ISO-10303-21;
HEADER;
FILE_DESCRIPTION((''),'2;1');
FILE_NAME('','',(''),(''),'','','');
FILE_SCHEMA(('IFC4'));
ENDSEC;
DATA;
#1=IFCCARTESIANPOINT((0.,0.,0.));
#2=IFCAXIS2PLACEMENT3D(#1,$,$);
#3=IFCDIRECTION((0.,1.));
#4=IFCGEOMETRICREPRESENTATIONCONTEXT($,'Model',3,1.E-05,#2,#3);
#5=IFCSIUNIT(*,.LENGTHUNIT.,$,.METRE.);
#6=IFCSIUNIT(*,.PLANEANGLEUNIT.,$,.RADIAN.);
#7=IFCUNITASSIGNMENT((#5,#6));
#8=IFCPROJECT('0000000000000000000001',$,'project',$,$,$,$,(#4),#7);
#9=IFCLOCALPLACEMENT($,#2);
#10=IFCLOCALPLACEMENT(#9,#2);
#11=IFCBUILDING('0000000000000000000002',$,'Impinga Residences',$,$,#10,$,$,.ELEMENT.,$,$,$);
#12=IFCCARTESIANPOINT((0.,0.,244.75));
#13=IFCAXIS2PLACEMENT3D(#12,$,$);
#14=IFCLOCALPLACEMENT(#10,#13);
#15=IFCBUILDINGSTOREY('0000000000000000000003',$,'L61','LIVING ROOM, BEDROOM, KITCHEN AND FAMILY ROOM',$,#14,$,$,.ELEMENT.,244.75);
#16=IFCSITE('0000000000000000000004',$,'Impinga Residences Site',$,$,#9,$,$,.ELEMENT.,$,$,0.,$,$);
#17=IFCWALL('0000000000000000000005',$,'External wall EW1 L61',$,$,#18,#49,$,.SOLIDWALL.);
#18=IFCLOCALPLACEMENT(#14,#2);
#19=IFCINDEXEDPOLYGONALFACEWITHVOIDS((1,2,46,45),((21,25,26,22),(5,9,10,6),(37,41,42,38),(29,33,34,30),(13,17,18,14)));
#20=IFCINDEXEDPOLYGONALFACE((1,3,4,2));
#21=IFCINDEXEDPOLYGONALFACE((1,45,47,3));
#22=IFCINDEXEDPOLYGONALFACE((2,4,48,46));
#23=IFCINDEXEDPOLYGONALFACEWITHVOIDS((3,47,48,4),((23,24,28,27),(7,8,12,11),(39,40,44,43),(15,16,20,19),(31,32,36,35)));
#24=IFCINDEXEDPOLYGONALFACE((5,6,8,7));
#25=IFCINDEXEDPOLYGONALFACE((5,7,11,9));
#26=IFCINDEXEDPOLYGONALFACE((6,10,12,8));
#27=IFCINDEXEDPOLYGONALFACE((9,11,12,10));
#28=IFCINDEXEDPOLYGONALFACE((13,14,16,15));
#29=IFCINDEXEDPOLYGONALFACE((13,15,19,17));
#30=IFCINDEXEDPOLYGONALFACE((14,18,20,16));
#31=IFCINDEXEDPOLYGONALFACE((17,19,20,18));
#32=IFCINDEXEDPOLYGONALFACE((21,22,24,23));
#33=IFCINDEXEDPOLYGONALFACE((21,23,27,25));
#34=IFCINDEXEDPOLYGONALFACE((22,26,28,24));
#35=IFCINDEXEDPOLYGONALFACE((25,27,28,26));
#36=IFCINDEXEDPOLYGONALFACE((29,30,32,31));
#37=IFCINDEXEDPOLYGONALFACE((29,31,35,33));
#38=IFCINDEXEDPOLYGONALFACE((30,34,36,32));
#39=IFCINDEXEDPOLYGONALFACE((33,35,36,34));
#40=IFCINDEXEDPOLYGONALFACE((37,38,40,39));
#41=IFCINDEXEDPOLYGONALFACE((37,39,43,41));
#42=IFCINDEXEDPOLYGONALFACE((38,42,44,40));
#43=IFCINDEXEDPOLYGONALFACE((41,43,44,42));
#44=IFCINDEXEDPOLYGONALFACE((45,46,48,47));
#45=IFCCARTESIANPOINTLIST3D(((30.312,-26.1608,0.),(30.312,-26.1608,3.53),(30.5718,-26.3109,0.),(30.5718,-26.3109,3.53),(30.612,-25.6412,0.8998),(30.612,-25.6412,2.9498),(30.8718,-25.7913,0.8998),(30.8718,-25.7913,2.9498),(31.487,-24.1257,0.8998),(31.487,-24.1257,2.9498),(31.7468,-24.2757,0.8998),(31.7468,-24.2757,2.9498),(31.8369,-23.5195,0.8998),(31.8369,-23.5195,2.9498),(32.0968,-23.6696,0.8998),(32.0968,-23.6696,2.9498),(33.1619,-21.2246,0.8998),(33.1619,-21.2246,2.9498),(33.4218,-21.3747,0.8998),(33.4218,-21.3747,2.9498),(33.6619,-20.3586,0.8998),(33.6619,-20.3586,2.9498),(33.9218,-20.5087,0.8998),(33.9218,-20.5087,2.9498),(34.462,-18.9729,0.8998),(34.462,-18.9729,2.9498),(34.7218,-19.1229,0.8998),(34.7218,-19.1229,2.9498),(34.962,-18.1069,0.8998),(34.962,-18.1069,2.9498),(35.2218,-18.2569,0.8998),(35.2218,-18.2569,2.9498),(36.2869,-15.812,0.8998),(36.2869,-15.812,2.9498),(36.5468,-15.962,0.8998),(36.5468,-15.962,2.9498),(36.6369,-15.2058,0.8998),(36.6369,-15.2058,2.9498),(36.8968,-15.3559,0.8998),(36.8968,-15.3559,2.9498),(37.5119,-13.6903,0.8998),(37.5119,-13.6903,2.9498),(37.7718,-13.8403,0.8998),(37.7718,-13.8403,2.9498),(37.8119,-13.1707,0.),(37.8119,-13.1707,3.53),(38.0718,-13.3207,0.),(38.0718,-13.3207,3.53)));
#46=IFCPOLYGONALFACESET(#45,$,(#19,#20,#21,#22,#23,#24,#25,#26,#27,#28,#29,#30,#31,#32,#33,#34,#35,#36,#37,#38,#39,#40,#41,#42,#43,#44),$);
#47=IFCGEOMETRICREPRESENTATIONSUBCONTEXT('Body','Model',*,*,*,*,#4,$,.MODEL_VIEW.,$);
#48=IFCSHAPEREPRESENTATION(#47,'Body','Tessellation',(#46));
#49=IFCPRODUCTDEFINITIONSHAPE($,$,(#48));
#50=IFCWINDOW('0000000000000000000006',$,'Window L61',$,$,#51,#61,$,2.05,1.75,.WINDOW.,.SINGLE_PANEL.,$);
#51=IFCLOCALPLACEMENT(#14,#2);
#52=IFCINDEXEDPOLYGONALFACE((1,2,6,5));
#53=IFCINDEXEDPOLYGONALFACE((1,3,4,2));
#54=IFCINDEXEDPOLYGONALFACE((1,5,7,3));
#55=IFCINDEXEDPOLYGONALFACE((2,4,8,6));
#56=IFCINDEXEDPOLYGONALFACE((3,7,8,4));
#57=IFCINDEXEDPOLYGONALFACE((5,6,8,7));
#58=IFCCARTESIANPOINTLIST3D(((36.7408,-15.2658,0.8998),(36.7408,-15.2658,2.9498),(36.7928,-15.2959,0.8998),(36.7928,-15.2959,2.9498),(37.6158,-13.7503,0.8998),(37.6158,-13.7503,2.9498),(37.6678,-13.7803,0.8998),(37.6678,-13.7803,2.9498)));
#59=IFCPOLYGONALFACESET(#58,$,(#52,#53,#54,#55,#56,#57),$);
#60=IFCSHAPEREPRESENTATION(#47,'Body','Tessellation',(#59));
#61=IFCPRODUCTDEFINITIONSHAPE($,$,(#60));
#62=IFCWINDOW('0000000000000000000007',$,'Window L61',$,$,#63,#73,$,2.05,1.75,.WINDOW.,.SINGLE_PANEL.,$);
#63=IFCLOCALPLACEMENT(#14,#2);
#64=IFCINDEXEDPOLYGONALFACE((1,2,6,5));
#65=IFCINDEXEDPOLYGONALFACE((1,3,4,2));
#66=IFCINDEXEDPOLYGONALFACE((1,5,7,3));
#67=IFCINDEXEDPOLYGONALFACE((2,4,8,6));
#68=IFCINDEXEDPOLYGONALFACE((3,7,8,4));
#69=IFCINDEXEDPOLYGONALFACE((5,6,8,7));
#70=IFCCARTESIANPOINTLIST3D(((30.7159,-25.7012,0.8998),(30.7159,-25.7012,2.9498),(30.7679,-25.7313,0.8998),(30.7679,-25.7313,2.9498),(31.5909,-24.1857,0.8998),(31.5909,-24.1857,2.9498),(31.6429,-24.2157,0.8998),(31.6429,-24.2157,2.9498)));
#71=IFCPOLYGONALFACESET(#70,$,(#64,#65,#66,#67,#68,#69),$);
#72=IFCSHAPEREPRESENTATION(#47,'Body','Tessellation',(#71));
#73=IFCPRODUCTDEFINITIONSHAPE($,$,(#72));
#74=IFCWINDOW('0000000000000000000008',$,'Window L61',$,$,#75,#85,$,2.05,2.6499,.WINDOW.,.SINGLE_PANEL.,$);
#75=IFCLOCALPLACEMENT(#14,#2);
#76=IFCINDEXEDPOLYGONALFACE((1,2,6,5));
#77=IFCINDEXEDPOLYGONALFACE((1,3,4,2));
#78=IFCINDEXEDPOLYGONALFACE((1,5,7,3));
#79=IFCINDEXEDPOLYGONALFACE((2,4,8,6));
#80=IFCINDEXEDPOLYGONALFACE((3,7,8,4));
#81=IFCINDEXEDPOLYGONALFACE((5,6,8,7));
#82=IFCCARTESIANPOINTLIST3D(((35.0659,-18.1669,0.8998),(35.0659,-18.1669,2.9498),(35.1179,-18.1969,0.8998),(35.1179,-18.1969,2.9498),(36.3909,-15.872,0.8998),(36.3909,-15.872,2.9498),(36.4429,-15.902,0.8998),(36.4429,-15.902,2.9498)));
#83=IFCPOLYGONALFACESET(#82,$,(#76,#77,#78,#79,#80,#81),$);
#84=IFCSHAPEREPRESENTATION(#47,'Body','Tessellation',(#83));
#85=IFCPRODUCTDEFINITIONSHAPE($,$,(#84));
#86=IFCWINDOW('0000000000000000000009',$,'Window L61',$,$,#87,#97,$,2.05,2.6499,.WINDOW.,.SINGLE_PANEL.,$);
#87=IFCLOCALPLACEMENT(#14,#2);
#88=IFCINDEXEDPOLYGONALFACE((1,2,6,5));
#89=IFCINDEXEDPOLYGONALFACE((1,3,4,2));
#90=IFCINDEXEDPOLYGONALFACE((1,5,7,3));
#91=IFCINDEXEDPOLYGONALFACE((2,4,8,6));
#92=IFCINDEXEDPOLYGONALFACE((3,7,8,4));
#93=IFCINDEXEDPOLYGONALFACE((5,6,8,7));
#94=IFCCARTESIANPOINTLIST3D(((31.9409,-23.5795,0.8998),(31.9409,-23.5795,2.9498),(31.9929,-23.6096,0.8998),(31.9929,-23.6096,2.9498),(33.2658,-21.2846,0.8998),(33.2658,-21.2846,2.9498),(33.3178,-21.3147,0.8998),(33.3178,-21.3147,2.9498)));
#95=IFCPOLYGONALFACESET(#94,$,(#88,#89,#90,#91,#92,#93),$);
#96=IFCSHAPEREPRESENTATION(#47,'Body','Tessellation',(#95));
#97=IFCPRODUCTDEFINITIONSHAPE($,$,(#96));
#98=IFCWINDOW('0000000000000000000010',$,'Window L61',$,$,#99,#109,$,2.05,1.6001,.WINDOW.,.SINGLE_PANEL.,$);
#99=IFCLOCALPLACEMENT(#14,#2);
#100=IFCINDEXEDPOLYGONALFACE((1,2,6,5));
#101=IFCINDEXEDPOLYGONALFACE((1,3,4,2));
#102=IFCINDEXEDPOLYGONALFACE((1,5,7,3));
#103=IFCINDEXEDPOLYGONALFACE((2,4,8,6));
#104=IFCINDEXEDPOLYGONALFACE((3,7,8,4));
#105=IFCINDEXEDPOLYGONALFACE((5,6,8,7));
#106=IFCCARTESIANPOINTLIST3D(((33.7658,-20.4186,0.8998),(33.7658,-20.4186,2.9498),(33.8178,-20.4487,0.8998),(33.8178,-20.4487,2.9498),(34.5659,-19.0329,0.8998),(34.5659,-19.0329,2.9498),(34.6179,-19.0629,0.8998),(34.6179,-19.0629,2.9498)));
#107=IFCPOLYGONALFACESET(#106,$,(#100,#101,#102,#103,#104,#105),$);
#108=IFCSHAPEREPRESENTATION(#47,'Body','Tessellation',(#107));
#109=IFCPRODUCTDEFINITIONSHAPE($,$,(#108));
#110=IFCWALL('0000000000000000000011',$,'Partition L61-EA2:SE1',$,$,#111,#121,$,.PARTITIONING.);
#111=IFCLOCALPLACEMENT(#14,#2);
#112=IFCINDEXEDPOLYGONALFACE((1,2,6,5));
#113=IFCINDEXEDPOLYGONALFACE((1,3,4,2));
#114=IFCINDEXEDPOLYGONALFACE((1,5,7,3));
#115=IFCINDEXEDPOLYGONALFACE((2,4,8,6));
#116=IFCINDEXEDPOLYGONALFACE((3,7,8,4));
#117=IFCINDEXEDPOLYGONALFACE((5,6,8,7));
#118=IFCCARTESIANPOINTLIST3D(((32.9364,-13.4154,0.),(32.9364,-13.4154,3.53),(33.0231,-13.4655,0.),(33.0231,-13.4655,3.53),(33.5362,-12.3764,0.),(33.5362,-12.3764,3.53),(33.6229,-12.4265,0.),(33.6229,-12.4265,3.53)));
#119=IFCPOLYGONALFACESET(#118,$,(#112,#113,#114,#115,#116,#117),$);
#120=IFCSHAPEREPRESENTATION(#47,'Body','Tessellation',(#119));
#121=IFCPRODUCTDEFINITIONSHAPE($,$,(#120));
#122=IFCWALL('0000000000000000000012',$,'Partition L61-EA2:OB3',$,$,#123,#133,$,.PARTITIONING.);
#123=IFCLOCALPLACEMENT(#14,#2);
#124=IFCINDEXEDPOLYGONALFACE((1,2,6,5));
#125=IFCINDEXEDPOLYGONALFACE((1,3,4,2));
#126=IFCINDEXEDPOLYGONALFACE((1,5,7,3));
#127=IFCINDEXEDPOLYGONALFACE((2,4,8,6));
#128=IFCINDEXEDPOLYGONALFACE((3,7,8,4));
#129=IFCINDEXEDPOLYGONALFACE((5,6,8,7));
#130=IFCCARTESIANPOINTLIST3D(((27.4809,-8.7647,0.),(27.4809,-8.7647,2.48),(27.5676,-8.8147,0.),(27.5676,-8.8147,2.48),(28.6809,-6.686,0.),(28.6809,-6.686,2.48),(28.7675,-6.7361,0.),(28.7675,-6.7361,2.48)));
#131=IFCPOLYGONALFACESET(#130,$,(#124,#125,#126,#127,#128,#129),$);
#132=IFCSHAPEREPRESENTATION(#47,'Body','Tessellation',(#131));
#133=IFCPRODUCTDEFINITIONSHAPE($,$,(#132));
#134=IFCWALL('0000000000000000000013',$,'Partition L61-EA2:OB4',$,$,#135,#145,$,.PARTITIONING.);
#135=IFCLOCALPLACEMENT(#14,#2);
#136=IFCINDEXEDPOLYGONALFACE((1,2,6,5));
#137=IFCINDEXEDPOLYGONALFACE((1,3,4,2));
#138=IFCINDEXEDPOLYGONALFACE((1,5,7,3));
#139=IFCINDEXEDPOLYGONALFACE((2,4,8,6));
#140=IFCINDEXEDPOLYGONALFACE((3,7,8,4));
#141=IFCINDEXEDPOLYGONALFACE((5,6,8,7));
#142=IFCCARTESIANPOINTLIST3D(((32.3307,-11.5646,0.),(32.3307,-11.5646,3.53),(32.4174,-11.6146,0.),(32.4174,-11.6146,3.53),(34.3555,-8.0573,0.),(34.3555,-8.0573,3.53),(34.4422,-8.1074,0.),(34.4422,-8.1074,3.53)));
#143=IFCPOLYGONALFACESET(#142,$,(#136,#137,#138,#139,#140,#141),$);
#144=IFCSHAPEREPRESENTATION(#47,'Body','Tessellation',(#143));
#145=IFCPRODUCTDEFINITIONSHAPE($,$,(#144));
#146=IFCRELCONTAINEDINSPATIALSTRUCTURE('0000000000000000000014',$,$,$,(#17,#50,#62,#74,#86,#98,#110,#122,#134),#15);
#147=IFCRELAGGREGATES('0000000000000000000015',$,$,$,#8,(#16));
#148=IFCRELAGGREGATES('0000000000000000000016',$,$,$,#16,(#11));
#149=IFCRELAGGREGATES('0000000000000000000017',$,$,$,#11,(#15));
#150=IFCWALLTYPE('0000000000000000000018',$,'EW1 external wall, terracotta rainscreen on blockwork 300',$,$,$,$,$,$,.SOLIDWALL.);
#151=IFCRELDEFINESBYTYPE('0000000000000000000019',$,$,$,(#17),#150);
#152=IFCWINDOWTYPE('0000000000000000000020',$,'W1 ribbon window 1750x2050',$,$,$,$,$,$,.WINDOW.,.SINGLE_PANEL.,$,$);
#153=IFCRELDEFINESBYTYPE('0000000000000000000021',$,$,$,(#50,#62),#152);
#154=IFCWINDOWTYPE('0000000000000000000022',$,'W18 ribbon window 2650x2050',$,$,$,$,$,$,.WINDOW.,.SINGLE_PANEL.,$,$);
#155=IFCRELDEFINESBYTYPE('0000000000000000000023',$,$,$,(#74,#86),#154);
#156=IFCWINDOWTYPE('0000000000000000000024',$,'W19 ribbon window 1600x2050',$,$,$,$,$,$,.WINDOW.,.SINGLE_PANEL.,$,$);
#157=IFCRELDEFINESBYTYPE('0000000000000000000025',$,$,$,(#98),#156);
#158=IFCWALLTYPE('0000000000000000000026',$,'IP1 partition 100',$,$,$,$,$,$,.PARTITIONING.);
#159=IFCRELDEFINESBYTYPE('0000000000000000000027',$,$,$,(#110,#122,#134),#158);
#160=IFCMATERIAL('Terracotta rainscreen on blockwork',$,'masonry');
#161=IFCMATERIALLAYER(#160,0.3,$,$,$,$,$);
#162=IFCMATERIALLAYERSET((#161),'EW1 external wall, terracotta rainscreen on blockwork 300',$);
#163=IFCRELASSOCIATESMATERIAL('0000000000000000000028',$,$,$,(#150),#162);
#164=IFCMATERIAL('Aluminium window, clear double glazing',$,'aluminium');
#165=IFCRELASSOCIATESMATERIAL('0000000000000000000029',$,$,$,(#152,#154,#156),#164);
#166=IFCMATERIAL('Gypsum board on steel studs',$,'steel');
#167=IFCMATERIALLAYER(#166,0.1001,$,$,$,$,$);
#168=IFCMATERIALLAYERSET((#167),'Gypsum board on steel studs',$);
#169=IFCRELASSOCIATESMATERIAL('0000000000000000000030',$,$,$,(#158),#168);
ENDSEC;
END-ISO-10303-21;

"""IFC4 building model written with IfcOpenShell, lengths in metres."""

from ifc_helpers import new_model, si_unit, direction, frame, frame_2d, origin, place, context, subcontext, project, spatial, rectangle, extrude, material, layer, layer_set, type_object, element, fill, save


model = new_model("IFC4")

# Units and contexts
model_context = context("Model", 3, precision=1e-05, world=origin(), true_north=direction((0.0, 1.0)))
body_context = subcontext(model_context, "Body", "Model", "MODEL_VIEW")
ifc_project = project(units=[si_unit("LENGTHUNIT", "METRE"), si_unit("PLANEANGLEUNIT", "RADIAN")], contexts=[model_context])

# Site, building, storey
site_placement = place(None, origin())
site = spatial("IfcSite", under=ifc_project, at=site_placement, Name="Impinga Residences Site", CompositionType="ELEMENT", RefElevation=0.0)
building_placement = place(site_placement, origin())
building = spatial("IfcBuilding", under=site, at=building_placement, Name="Impinga Residences", CompositionType="ELEMENT")
storey_placement = place(building_placement, frame((0.0, 0.0, 244.75)))
storey = spatial("IfcBuildingStorey", under=building, at=storey_placement, Name="L61", Description="LIVING ROOM, BEDROOM, KITCHEN AND FAMILY ROOM", CompositionType="ELEMENT", Elevation=244.75)

# Shared definitions
ifc_material_1 = material(Name="Terracotta rainscreen on blockwork", Category="masonry")
ifc_layer_1 = layer(ifc_material_1, 0.3)
ifc_layer_set_1 = layer_set([ifc_layer_1], Name="EW1 external wall, terracotta rainscreen on blockwork 300")
wall_type_1 = type_object("IfcWallType", Name="EW1 external wall, terracotta rainscreen on blockwork 300", PredefinedType="SOLIDWALL", material=ifc_layer_set_1)

# Wall, openings, windows
wall_1_placement = place(storey_placement, frame((37.9419, -13.2456, 0.0), z_axis=(0.0, 0.0, 1.0), x_axis=(-0.500004, -0.866023, 0.0)))
wall_1 = element("IfcWall", 1, at=wall_1_placement, inside=storey, type_object=wall_type_1, Name="External wall EW1 L61", PredefinedType="SOLIDWALL", context=body_context, shape_type="SweptSolid", body=[
    extrude(rectangle(XDim=14.9998, YDim=0.3, at=frame_2d((7.5, 0.0))), origin(), (0.0, 0.0, 1.0), 3.53),
])
opening_1_placement = place(wall_1_placement, frame((0.6001, 0.0, 0.8999)))
opening_1 = element("IfcOpeningElement", 2, at=opening_1_placement, cuts=wall_1, PredefinedType="OPENING", context=body_context, shape_type="SweptSolid", body=[
    extrude(rectangle(XDim=1.75, YDim=2.05, at=frame_2d((0.875, 1.0249))), frame((0.0, 0.1599, 0.0), z_axis=(0.0, -1.0, 0.0), x_axis=(1.0, 0.0, 0.0)), (0.0, 0.0, 1.0), 0.3201),
])
opening_2_placement = place(wall_1_placement, frame((3.05, 0.0, 0.8999)))
opening_2 = element("IfcOpeningElement", 3, at=opening_2_placement, cuts=wall_1, PredefinedType="OPENING", context=body_context, shape_type="SweptSolid", body=[
    extrude(rectangle(XDim=2.6499, YDim=2.05, at=frame_2d((1.325, 1.0249))), frame((0.0, 0.1599, 0.0), z_axis=(0.0, -1.0, 0.0), x_axis=(1.0, 0.0, 0.0)), (0.0, 0.0, 1.0), 0.3201),
])
opening_3_placement = place(wall_1_placement, frame((6.7, 0.0, 0.8999)))
opening_3 = element("IfcOpeningElement", 4, at=opening_3_placement, cuts=wall_1, PredefinedType="OPENING", context=body_context, shape_type="SweptSolid", body=[
    extrude(rectangle(XDim=1.6001, YDim=2.05, at=frame_2d((0.8, 1.0249))), frame((0.0, 0.1599, 0.0), z_axis=(0.0, -1.0, 0.0), x_axis=(1.0, 0.0, 0.0)), (0.0, 0.0, 1.0), 0.3201),
])
opening_4_placement = place(wall_1_placement, frame((9.3, 0.0, 0.8999)))
opening_4 = element("IfcOpeningElement", 5, at=opening_4_placement, cuts=wall_1, PredefinedType="OPENING", context=body_context, shape_type="SweptSolid", body=[
    extrude(rectangle(XDim=2.6499, YDim=2.05, at=frame_2d((1.325, 1.0249))), frame((0.0, 0.1599, 0.0), z_axis=(0.0, -1.0, 0.0), x_axis=(1.0, 0.0, 0.0)), (0.0, 0.0, 1.0), 0.3201),
])
opening_5_placement = place(wall_1_placement, frame((12.6499, 0.0, 0.8999)))
opening_5 = element("IfcOpeningElement", 6, at=opening_5_placement, cuts=wall_1, PredefinedType="OPENING", context=body_context, shape_type="SweptSolid", body=[
    extrude(rectangle(XDim=1.75, YDim=2.05, at=frame_2d((0.875, 1.0249))), frame((0.0, 0.1599, 0.0), z_axis=(0.0, -1.0, 0.0), x_axis=(1.0, 0.0, 0.0)), (0.0, 0.0, 1.0), 0.3201),
])
ifc_material_2 = material(Name="Aluminium window, clear double glazing", Category="aluminium")
window_type_1 = type_object("IfcWindowType", Name="W1 ribbon window 1750x2050", PartitioningType="SINGLE_PANEL", PredefinedType="WINDOW", material=ifc_material_2)
window_1_placement = place(opening_1_placement, origin())
window_1 = element("IfcWindow", 7, at=window_1_placement, inside=storey, type_object=window_type_1, Name="Window L61", OverallHeight=2.05, OverallWidth=1.75, PartitioningType="SINGLE_PANEL", PredefinedType="WINDOW", context=body_context, shape_type="SweptSolid", body=[
    extrude(rectangle(XDim=1.75, YDim=2.05, at=frame_2d((0.875, 1.0249))), frame((0.0, 0.03, 0.0), z_axis=(0.0, -1.0, 0.0), x_axis=(1.0, 0.0, 0.0)), (0.0, 0.0, 1.0), 0.0601),
])
fill(opening_1, window_1)
window_2_placement = place(opening_5_placement, origin())
window_2 = element("IfcWindow", 8, at=window_2_placement, inside=storey, type_object=window_type_1, Name="Window L61", OverallHeight=2.05, OverallWidth=1.75, PartitioningType="SINGLE_PANEL", PredefinedType="WINDOW", context=body_context, shape_type="SweptSolid", body=[
    extrude(rectangle(XDim=1.75, YDim=2.05, at=frame_2d((0.875, 1.0249))), frame((0.0, 0.03, 0.0), z_axis=(0.0, -1.0, 0.0), x_axis=(1.0, 0.0, 0.0)), (0.0, 0.0, 1.0), 0.0601),
])
fill(opening_5, window_2)
window_type_2 = type_object("IfcWindowType", Name="W18 ribbon window 2650x2050", PartitioningType="SINGLE_PANEL", PredefinedType="WINDOW", material=ifc_material_2)
window_3_placement = place(opening_2_placement, origin())
window_3 = element("IfcWindow", 9, at=window_3_placement, inside=storey, type_object=window_type_2, Name="Window L61", OverallHeight=2.05, OverallWidth=2.6499, PartitioningType="SINGLE_PANEL", PredefinedType="WINDOW", context=body_context, shape_type="SweptSolid", body=[
    extrude(rectangle(XDim=2.6499, YDim=2.05, at=frame_2d((1.325, 1.0249))), frame((0.0, 0.03, 0.0), z_axis=(0.0, -1.0, 0.0), x_axis=(1.0, 0.0, 0.0)), (0.0, 0.0, 1.0), 0.0601),
])
fill(opening_2, window_3)
window_4_placement = place(opening_4_placement, origin())
window_4 = element("IfcWindow", 10, at=window_4_placement, inside=storey, type_object=window_type_2, Name="Window L61", OverallHeight=2.05, OverallWidth=2.6499, PartitioningType="SINGLE_PANEL", PredefinedType="WINDOW", context=body_context, shape_type="SweptSolid", body=[
    extrude(rectangle(XDim=2.6499, YDim=2.05, at=frame_2d((1.325, 1.0249))), frame((0.0, 0.03, 0.0), z_axis=(0.0, -1.0, 0.0), x_axis=(1.0, 0.0, 0.0)), (0.0, 0.0, 1.0), 0.0601),
])
fill(opening_4, window_4)
window_type_3 = type_object("IfcWindowType", Name="W19 ribbon window 1600x2050", PartitioningType="SINGLE_PANEL", PredefinedType="WINDOW", material=ifc_material_2)
window_5_placement = place(opening_3_placement, origin())
window_5 = element("IfcWindow", 11, at=window_5_placement, inside=storey, type_object=window_type_3, Name="Window L61", OverallHeight=2.05, OverallWidth=1.6001, PartitioningType="SINGLE_PANEL", PredefinedType="WINDOW", context=body_context, shape_type="SweptSolid", body=[
    extrude(rectangle(XDim=1.6001, YDim=2.05, at=frame_2d((0.8, 1.0249))), frame((0.0, 0.03, 0.0), z_axis=(0.0, -1.0, 0.0), x_axis=(1.0, 0.0, 0.0)), (0.0, 0.0, 1.0), 0.0601),
])
fill(opening_3, window_5)

# Walls
ifc_material_3 = material(Name="Gypsum board on steel studs", Category="steel")
ifc_layer_2 = layer(ifc_material_3, 0.1001)
ifc_layer_set_2 = layer_set([ifc_layer_2], Name="Gypsum board on steel studs")
wall_type_2 = type_object("IfcWallType", Name="IP1 partition 100", PredefinedType="PARTITIONING", material=ifc_layer_set_2)
wall_2_placement = place(storey_placement, frame((32.9797, -13.4404, 0.0), z_axis=(0.0, 0.0, 1.0), x_axis=(0.499969, 0.866043, 0.0)))
element("IfcWall", 12, at=wall_2_placement, inside=storey, type_object=wall_type_2, Name="Partition L61-EA2:SE1", PredefinedType="PARTITIONING", context=body_context, shape_type="SweptSolid", body=[
    extrude(rectangle(XDim=1.1997, YDim=0.1001, at=frame_2d((0.5999, 0.0))), origin(), (0.0, 0.0, 1.0), 3.53),
])
wall_3_placement = place(storey_placement, frame((27.5242, -8.7898, 0.0), z_axis=(0.0, 0.0, 1.0), x_axis=(0.499957, 0.86605, 0.0)))
element("IfcWall", 13, at=wall_3_placement, inside=storey, type_object=wall_type_2, Name="Partition L61-EA2:OB3", PredefinedType="PARTITIONING", context=body_context, shape_type="SweptSolid", body=[
    extrude(rectangle(XDim=2.4001, YDim=0.1001, at=frame_2d((1.2002, 0.0))), origin(), (0.0, 0.0, 1.0), 2.48),
])
wall_4_placement = place(storey_placement, frame((32.374, -11.5896, 0.0), z_axis=(0.0, 0.0, 1.0), x_axis=(0.49999, 0.866031, 0.0)))
element("IfcWall", 14, at=wall_4_placement, inside=storey, type_object=wall_type_2, Name="Partition L61-EA2:OB4", PredefinedType="PARTITIONING", context=body_context, shape_type="SweptSolid", body=[
    extrude(rectangle(XDim=4.0498, YDim=0.1001, at=frame_2d((2.0249, 0.0))), origin(), (0.0, 0.0, 1.0), 3.53),
])

save(model, "model.ifc")
